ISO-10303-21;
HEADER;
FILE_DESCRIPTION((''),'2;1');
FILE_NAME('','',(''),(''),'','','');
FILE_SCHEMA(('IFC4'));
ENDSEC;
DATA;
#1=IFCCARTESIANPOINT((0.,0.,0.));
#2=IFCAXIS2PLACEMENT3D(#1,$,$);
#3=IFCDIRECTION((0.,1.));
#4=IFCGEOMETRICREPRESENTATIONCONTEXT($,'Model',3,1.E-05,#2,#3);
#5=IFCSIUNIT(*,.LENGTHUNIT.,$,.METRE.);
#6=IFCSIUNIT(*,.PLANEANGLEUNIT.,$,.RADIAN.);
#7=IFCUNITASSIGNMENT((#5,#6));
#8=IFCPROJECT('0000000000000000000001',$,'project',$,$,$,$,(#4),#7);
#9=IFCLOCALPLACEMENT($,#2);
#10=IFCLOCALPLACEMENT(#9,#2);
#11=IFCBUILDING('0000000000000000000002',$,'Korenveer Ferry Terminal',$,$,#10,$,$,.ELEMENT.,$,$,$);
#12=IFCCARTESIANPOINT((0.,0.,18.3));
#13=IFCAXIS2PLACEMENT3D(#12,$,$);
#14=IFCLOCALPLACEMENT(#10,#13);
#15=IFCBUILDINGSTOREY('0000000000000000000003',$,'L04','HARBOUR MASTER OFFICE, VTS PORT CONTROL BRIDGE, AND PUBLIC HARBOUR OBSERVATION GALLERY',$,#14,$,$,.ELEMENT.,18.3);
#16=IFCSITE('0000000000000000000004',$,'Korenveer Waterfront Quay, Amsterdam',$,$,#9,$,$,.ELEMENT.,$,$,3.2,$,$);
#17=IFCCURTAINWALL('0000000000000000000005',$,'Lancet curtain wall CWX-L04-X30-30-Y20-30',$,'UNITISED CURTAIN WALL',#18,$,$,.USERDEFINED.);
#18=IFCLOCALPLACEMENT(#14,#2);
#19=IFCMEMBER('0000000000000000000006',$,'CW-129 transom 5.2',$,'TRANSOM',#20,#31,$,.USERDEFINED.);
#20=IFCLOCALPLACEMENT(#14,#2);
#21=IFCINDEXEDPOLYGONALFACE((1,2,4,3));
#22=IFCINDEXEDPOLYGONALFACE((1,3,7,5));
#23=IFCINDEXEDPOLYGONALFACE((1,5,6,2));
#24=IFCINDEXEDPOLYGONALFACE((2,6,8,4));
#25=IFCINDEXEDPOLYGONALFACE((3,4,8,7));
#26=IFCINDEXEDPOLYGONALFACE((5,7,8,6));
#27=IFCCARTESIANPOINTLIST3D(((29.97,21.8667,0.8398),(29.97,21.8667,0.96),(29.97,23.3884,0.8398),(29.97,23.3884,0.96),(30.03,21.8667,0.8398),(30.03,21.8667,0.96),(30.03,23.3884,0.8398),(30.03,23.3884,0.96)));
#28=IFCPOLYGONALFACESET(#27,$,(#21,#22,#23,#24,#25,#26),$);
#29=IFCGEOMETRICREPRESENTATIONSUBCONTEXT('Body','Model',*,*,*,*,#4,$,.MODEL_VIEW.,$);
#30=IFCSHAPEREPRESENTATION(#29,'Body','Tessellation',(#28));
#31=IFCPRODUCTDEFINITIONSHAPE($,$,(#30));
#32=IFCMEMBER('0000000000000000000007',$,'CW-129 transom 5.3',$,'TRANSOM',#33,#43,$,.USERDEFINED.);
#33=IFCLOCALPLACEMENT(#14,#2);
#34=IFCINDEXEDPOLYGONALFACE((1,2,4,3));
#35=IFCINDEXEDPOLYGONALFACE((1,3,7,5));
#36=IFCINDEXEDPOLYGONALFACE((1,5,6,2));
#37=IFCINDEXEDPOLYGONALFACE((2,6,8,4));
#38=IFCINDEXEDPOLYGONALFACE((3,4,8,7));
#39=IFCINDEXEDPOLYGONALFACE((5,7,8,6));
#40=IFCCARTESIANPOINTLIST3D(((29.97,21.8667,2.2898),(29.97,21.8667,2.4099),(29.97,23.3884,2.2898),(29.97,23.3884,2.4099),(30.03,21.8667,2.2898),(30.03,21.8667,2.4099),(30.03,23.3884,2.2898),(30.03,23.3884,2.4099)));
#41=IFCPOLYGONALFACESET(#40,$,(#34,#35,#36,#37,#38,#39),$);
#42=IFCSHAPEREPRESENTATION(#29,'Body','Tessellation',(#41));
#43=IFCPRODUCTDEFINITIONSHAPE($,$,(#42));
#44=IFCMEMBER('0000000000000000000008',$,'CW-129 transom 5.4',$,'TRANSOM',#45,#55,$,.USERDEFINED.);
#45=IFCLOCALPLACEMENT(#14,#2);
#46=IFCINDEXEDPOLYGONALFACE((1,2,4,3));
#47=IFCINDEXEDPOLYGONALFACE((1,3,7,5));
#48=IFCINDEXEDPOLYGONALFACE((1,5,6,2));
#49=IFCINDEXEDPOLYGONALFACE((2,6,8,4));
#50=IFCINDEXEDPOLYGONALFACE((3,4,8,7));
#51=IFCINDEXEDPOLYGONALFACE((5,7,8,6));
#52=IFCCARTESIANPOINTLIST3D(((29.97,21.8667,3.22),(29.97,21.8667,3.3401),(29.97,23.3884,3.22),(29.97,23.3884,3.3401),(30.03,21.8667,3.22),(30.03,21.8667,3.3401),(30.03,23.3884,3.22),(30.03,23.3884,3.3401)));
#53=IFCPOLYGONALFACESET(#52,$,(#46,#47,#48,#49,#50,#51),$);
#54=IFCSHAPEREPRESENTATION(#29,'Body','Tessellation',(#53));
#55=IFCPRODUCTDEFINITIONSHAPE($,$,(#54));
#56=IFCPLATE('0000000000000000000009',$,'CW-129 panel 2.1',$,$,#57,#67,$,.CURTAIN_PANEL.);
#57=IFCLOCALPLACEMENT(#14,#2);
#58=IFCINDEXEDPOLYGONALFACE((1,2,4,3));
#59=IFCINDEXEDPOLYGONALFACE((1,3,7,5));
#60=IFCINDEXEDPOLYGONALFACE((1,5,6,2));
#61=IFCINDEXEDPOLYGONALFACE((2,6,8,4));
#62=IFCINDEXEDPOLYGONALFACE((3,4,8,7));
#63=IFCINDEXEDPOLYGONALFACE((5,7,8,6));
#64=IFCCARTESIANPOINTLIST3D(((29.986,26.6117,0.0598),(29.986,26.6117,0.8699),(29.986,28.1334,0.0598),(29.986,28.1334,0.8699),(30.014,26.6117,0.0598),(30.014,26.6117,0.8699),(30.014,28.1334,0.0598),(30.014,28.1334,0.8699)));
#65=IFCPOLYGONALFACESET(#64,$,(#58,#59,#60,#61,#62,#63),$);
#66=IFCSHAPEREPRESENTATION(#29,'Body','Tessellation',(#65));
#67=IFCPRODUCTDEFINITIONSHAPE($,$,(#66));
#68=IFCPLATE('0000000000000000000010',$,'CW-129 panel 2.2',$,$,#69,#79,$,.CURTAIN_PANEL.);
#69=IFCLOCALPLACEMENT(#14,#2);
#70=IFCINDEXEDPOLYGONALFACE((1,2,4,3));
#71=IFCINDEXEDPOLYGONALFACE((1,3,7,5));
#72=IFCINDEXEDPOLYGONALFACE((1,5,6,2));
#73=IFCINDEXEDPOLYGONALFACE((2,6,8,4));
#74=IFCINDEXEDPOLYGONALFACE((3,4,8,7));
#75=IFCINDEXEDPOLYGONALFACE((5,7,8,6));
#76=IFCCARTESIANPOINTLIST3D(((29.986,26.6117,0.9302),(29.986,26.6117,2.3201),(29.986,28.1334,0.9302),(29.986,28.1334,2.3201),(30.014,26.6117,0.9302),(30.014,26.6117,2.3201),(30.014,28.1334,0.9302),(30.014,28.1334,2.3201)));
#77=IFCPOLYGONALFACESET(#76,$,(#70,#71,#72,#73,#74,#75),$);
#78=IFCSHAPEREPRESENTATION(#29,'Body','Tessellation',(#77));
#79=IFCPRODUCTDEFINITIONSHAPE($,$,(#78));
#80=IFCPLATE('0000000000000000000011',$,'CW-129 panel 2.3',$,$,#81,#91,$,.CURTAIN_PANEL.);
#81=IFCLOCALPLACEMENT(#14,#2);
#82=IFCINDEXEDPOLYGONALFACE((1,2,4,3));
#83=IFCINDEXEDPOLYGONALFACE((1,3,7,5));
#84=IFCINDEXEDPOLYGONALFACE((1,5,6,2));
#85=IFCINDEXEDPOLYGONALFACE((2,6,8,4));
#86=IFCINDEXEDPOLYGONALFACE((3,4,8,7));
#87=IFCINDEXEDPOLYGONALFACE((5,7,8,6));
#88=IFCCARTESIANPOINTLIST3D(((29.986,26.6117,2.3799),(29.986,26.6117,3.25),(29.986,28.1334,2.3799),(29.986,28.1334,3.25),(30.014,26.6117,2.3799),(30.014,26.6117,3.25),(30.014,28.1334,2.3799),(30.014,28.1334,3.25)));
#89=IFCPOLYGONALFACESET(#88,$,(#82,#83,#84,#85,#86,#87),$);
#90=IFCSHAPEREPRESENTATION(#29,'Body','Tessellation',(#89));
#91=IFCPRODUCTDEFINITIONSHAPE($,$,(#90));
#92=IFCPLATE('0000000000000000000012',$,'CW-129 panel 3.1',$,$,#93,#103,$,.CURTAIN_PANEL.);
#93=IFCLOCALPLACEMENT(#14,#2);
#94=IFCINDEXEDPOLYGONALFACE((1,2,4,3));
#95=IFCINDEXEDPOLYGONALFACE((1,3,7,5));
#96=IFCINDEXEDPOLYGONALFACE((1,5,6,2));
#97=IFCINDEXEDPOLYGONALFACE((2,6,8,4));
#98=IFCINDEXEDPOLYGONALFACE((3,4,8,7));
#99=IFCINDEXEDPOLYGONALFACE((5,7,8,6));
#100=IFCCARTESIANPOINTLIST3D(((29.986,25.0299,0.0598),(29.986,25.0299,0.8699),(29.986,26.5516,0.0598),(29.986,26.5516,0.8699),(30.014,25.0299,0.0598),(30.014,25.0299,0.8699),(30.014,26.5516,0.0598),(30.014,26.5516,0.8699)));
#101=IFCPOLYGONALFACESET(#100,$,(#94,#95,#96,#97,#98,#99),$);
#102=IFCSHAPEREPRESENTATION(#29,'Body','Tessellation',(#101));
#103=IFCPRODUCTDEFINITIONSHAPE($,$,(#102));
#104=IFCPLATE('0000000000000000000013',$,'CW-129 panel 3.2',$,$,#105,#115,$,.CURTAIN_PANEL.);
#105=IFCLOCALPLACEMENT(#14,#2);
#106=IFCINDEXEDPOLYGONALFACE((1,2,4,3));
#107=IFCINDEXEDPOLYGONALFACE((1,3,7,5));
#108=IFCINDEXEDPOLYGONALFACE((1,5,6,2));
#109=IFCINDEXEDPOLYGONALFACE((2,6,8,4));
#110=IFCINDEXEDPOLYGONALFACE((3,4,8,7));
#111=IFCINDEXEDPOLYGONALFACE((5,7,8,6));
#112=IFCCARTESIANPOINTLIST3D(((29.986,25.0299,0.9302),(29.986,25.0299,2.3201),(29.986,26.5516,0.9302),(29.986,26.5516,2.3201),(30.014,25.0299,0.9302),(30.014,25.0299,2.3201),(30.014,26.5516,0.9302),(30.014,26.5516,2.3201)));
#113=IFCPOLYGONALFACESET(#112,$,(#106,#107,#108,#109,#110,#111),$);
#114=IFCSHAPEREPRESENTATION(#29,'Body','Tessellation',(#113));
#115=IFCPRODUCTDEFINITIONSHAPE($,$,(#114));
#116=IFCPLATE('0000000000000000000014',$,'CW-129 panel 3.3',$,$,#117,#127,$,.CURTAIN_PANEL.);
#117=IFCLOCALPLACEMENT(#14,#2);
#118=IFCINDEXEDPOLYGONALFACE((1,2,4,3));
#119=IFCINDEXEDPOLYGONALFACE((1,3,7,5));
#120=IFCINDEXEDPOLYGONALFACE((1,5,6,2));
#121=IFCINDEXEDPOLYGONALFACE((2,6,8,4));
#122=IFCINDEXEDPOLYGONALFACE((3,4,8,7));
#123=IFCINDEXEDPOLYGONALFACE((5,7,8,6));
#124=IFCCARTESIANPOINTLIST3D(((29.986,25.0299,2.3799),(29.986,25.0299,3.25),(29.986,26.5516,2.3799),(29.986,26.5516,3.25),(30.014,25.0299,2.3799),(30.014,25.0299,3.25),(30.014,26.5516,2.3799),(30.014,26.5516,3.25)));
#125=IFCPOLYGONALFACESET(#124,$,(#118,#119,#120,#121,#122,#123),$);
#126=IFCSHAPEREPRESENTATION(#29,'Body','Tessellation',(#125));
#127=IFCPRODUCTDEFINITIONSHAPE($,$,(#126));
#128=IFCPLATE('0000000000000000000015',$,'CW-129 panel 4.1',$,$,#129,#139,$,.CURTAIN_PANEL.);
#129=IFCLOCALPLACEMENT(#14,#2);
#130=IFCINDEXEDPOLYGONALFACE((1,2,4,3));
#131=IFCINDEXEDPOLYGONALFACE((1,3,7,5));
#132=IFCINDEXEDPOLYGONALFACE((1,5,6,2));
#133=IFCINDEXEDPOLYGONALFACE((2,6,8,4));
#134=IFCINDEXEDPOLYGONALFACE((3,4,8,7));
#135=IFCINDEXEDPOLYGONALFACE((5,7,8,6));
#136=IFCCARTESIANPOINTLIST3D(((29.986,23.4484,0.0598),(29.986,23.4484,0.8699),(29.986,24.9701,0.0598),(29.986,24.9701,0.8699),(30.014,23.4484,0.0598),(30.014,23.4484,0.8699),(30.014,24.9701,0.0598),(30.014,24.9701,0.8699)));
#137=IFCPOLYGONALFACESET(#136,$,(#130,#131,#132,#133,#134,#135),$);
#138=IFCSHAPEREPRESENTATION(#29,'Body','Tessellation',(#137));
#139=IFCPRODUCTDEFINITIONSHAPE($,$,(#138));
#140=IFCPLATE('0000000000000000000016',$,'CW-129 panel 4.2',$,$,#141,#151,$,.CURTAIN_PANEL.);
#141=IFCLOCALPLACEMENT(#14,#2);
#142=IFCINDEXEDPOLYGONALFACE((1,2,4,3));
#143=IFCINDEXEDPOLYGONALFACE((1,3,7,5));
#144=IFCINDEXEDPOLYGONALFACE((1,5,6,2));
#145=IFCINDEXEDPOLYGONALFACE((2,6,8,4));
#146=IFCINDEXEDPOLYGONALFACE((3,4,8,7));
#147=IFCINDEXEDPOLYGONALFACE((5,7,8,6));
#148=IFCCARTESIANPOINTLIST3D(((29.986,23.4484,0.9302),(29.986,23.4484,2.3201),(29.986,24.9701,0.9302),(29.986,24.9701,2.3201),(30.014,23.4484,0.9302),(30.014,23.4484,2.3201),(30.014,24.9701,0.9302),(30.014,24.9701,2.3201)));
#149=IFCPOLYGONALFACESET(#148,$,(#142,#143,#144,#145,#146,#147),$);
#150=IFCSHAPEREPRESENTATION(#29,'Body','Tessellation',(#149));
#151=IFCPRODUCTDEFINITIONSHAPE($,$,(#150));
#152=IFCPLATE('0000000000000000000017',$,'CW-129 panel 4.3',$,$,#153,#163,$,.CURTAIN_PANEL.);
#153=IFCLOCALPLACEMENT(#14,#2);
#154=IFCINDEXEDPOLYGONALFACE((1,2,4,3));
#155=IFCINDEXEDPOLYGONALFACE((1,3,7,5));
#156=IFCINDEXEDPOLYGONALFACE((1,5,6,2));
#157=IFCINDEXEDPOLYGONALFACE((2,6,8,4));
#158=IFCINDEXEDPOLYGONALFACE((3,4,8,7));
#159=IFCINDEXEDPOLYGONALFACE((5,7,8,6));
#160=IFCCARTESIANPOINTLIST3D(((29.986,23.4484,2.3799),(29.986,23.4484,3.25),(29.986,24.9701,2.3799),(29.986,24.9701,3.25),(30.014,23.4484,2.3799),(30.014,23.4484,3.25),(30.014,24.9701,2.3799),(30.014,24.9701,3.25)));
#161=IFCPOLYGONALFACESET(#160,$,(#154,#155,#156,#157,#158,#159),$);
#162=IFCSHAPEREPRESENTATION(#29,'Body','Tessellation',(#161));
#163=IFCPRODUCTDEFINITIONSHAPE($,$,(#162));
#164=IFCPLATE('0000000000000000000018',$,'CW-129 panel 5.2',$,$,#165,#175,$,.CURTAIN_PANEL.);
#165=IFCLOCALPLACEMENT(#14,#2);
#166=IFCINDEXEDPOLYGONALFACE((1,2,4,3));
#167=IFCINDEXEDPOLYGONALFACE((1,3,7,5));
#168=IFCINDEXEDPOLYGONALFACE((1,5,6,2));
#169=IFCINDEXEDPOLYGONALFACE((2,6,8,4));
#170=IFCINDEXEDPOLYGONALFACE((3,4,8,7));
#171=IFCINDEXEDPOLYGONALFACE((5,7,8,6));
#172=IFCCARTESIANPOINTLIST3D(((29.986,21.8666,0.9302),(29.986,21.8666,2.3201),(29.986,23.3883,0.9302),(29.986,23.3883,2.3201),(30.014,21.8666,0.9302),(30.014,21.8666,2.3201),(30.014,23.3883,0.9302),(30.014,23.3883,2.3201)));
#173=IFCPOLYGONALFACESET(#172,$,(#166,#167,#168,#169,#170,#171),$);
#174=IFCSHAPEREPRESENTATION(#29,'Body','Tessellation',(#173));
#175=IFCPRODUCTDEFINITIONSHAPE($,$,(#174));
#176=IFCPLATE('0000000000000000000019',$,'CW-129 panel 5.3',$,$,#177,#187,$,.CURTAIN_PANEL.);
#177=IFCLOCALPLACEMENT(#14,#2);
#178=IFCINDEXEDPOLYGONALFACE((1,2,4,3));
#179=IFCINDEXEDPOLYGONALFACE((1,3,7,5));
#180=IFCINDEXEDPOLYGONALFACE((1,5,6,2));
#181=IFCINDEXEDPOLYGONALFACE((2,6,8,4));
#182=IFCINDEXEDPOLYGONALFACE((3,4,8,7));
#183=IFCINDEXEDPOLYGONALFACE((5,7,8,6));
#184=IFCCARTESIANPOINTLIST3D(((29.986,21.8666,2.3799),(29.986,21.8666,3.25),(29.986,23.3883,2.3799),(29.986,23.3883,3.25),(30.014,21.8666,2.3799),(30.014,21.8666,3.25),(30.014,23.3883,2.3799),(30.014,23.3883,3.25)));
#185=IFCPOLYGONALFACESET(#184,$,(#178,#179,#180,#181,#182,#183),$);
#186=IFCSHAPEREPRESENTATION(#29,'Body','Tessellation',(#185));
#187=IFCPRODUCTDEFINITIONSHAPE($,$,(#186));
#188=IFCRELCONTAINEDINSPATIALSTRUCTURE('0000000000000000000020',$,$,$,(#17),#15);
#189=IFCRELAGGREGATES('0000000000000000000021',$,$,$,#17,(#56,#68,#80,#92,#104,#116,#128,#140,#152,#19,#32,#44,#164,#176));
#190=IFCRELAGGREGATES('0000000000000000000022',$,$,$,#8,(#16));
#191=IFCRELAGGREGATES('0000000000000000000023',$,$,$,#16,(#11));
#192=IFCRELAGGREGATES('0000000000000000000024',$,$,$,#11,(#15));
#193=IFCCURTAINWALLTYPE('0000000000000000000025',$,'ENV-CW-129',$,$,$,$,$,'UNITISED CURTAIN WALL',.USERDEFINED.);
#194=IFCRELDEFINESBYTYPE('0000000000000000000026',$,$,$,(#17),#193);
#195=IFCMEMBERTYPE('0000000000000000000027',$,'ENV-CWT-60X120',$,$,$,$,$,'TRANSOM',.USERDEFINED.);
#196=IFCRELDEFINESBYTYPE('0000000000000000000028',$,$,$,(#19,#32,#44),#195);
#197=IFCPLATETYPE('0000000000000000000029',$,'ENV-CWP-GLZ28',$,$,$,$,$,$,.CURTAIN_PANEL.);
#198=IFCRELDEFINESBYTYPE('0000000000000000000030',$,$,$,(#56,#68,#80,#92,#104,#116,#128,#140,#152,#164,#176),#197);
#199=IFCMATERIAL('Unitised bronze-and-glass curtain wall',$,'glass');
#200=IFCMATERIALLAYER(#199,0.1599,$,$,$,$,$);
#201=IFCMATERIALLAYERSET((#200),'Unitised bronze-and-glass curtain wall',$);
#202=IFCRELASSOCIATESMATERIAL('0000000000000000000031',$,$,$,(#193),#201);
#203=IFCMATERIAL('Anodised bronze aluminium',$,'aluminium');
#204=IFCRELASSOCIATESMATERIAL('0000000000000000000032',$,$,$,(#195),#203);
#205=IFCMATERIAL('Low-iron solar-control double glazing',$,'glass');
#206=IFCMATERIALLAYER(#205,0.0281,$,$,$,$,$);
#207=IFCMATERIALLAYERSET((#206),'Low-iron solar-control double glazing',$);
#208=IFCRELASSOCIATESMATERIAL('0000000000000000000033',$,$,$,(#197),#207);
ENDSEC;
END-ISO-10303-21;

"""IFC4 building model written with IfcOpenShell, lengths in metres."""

from ifc_helpers import new_model, si_unit, direction, frame, origin, origin_2d, place, context, subcontext, project, spatial, rectangle, extrude, material, layer, layer_set, material_profile, profile_set, type_object, element, aggregate, save


model = new_model("IFC4")

# Units and contexts
model_context = context("Model", 3, precision=1e-05, world=origin(), true_north=direction((0.0, 1.0)))
body_context = subcontext(model_context, "Body", "Model", "MODEL_VIEW")
ifc_project = project(units=[si_unit("LENGTHUNIT", "METRE"), si_unit("PLANEANGLEUNIT", "RADIAN")], contexts=[model_context])

# Site, building, storey
site_placement = place(None, origin())
site = spatial("IfcSite", under=ifc_project, at=site_placement, Name="Korenveer Waterfront Quay, Amsterdam", CompositionType="ELEMENT", RefElevation=3.2)
building_placement = place(site_placement, origin())
building = spatial("IfcBuilding", under=site, at=building_placement, Name="Korenveer Ferry Terminal", CompositionType="ELEMENT")
storey_placement = place(building_placement, frame((0.0, 0.0, 18.3)))
storey = spatial("IfcBuildingStorey", under=building, at=storey_placement, Name="L04", Description="HARBOUR MASTER OFFICE, VTS PORT CONTROL BRIDGE, AND PUBLIC HARBOUR OBSERVATION GALLERY", CompositionType="ELEMENT", Elevation=18.3)

# Curtain wall, members, plates
ifc_material_1 = material(Name="Unitised bronze-and-glass curtain wall", Category="glass")
ifc_layer_1 = layer(ifc_material_1, 0.1599)
ifc_layer_set_1 = layer_set([ifc_layer_1], Name="Unitised bronze-and-glass curtain wall")
curtain_wall_type = type_object("IfcCurtainWallType", Name="ENV-CW-129", ElementType="UNITISED CURTAIN WALL", PredefinedType="USERDEFINED", material=ifc_layer_set_1)
curtain_wall_placement = place(storey_placement, frame((30.0, 29.7451, 0.0)))
curtain_wall = element("IfcCurtainWall", 1, at=curtain_wall_placement, inside=storey, type_object=curtain_wall_type, Name="Lancet curtain wall CWX-L04-X30-30-Y20-30", ObjectType="UNITISED CURTAIN WALL", PredefinedType="USERDEFINED")
ifc_material_2 = material(Name="Anodised bronze aluminium", Category="aluminium")
ifc_material_profile_1 = material_profile(ifc_material_2, rectangle(XDim=0.0601, YDim=0.1201, at=origin_2d()), Name="ALU 60x120")
ifc_profile_set_1 = profile_set([ifc_material_profile_1], Name="Anodised bronze aluminium")
member_type_1 = type_object("IfcMemberType", Name="ENV-CWT-60X120", ElementType="TRANSOM", PredefinedType="USERDEFINED", material=ifc_profile_set_1)
member_1_placement = place(storey_placement, frame((30.0, 23.3884, 0.8999), z_axis=(0.0, -1.0, 0.0), x_axis=(1.0, 0.0, 0.0)))
member_1 = element("IfcMember", 2, at=member_1_placement, type_object=member_type_1, Name="CW-129 transom 5.2", ObjectType="TRANSOM", PredefinedType="USERDEFINED", context=body_context, shape_type="SweptSolid", body=[
    extrude(rectangle(XDim=0.0601, YDim=0.1201, at=origin_2d()), origin(), (0.0, 0.0, 1.0), 1.5217),
])
member_2_placement = place(storey_placement, frame((30.0, 23.3884, 2.3499), z_axis=(0.0, -1.0, 0.0), x_axis=(1.0, 0.0, 0.0)))
member_2 = element("IfcMember", 3, at=member_2_placement, type_object=member_type_1, Name="CW-129 transom 5.3", ObjectType="TRANSOM", PredefinedType="USERDEFINED", context=body_context, shape_type="SweptSolid", body=[
    extrude(rectangle(XDim=0.0601, YDim=0.1201, at=origin_2d()), origin(), (0.0, 0.0, 1.0), 1.5217),
])
member_3_placement = place(storey_placement, frame((30.0, 23.3884, 3.28), z_axis=(0.0, -1.0, 0.0), x_axis=(1.0, 0.0, 0.0)))
member_3 = element("IfcMember", 4, at=member_3_placement, type_object=member_type_1, Name="CW-129 transom 5.4", ObjectType="TRANSOM", PredefinedType="USERDEFINED", context=body_context, shape_type="SweptSolid", body=[
    extrude(rectangle(XDim=0.0601, YDim=0.1201, at=origin_2d()), origin(), (0.0, 0.0, 1.0), 1.5217),
])
ifc_material_3 = material(Name="Low-iron solar-control double glazing", Category="glass")
ifc_layer_2 = layer(ifc_material_3, 0.0281)
ifc_layer_set_2 = layer_set([ifc_layer_2], Name="Low-iron solar-control double glazing")
plate_type = type_object("IfcPlateType", Name="ENV-CWP-GLZ28", PredefinedType="CURTAIN_PANEL", material=ifc_layer_set_2)
plate_1_placement = place(storey_placement, frame((30.0, 27.3726, 0.0598), z_axis=(0.0, 0.0, 1.0), x_axis=(0.0, -1.0, 0.0)))
plate_1 = element("IfcPlate", 5, at=plate_1_placement, type_object=plate_type, Name="CW-129 panel 2.1", PredefinedType="CURTAIN_PANEL", context=body_context, shape_type="SweptSolid", body=[
    extrude(rectangle(XDim=1.5217, YDim=0.0281, at=origin_2d()), origin(), (0.0, 0.0, 1.0), 0.8101),
])
plate_2_placement = place(storey_placement, frame((30.0, 27.3726, 0.9302), z_axis=(0.0, 0.0, 1.0), x_axis=(0.0, -1.0, 0.0)))
plate_2 = element("IfcPlate", 6, at=plate_2_placement, type_object=plate_type, Name="CW-129 panel 2.2", PredefinedType="CURTAIN_PANEL", context=body_context, shape_type="SweptSolid", body=[
    extrude(rectangle(XDim=1.5217, YDim=0.0281, at=origin_2d()), origin(), (0.0, 0.0, 1.0), 1.3899),
])
plate_3_placement = place(storey_placement, frame((30.0, 27.3726, 2.3799), z_axis=(0.0, 0.0, 1.0), x_axis=(0.0, -1.0, 0.0)))
plate_3 = element("IfcPlate", 7, at=plate_3_placement, type_object=plate_type, Name="CW-129 panel 2.3", PredefinedType="CURTAIN_PANEL", context=body_context, shape_type="SweptSolid", body=[
    extrude(rectangle(XDim=1.5217, YDim=0.0281, at=origin_2d()), origin(), (0.0, 0.0, 1.0), 0.8701),
])
plate_4_placement = place(storey_placement, frame((30.0, 25.7908, 0.0598), z_axis=(0.0, 0.0, 1.0), x_axis=(0.0, -1.0, 0.0)))
plate_4 = element("IfcPlate", 8, at=plate_4_placement, type_object=plate_type, Name="CW-129 panel 3.1", PredefinedType="CURTAIN_PANEL", context=body_context, shape_type="SweptSolid", body=[
    extrude(rectangle(XDim=1.5217, YDim=0.0281, at=origin_2d()), origin(), (0.0, 0.0, 1.0), 0.8101),
])
plate_5_placement = place(storey_placement, frame((30.0, 25.7908, 0.9302), z_axis=(0.0, 0.0, 1.0), x_axis=(0.0, -1.0, 0.0)))
plate_5 = element("IfcPlate", 9, at=plate_5_placement, type_object=plate_type, Name="CW-129 panel 3.2", PredefinedType="CURTAIN_PANEL", context=body_context, shape_type="SweptSolid", body=[
    extrude(rectangle(XDim=1.5217, YDim=0.0281, at=origin_2d()), origin(), (0.0, 0.0, 1.0), 1.3899),
])
plate_6_placement = place(storey_placement, frame((30.0, 25.7908, 2.3799), z_axis=(0.0, 0.0, 1.0), x_axis=(0.0, -1.0, 0.0)))
plate_6 = element("IfcPlate", 10, at=plate_6_placement, type_object=plate_type, Name="CW-129 panel 3.3", PredefinedType="CURTAIN_PANEL", context=body_context, shape_type="SweptSolid", body=[
    extrude(rectangle(XDim=1.5217, YDim=0.0281, at=origin_2d()), origin(), (0.0, 0.0, 1.0), 0.8701),
])
plate_7_placement = place(storey_placement, frame((30.0, 24.2092, 0.0598), z_axis=(0.0, 0.0, 1.0), x_axis=(0.0, -1.0, 0.0)))
plate_7 = element("IfcPlate", 11, at=plate_7_placement, type_object=plate_type, Name="CW-129 panel 4.1", PredefinedType="CURTAIN_PANEL", context=body_context, shape_type="SweptSolid", body=[
    extrude(rectangle(XDim=1.5217, YDim=0.0281, at=origin_2d()), origin(), (0.0, 0.0, 1.0), 0.8101),
])
plate_8_placement = place(storey_placement, frame((30.0, 24.2092, 0.9302), z_axis=(0.0, 0.0, 1.0), x_axis=(0.0, -1.0, 0.0)))
plate_8 = element("IfcPlate", 12, at=plate_8_placement, type_object=plate_type, Name="CW-129 panel 4.2", PredefinedType="CURTAIN_PANEL", context=body_context, shape_type="SweptSolid", body=[
    extrude(rectangle(XDim=1.5217, YDim=0.0281, at=origin_2d()), origin(), (0.0, 0.0, 1.0), 1.3899),
])
plate_9_placement = place(storey_placement, frame((30.0, 24.2092, 2.3799), z_axis=(0.0, 0.0, 1.0), x_axis=(0.0, -1.0, 0.0)))
plate_9 = element("IfcPlate", 13, at=plate_9_placement, type_object=plate_type, Name="CW-129 panel 4.3", PredefinedType="CURTAIN_PANEL", context=body_context, shape_type="SweptSolid", body=[
    extrude(rectangle(XDim=1.5217, YDim=0.0281, at=origin_2d()), origin(), (0.0, 0.0, 1.0), 0.8701),
])
plate_10_placement = place(storey_placement, frame((30.0, 22.6274, 0.9302), z_axis=(0.0, 0.0, 1.0), x_axis=(0.0, -1.0, 0.0)))
plate_10 = element("IfcPlate", 14, at=plate_10_placement, type_object=plate_type, Name="CW-129 panel 5.2", PredefinedType="CURTAIN_PANEL", context=body_context, shape_type="SweptSolid", body=[
    extrude(rectangle(XDim=1.5217, YDim=0.0281, at=origin_2d()), origin(), (0.0, 0.0, 1.0), 1.3899),
])
plate_11_placement = place(storey_placement, frame((30.0, 22.6274, 2.3799), z_axis=(0.0, 0.0, 1.0), x_axis=(0.0, -1.0, 0.0)))
plate_11 = element("IfcPlate", 15, at=plate_11_placement, type_object=plate_type, Name="CW-129 panel 5.3", PredefinedType="CURTAIN_PANEL", context=body_context, shape_type="SweptSolid", body=[
    extrude(rectangle(XDim=1.5217, YDim=0.0281, at=origin_2d()), origin(), (0.0, 0.0, 1.0), 0.8701),
])
aggregate(curtain_wall, [plate_1, plate_2, plate_3, plate_4, plate_5, plate_6, plate_7, plate_8, plate_9, member_1, member_2, member_3, plate_10, plate_11])

save(model, "model.ifc")
